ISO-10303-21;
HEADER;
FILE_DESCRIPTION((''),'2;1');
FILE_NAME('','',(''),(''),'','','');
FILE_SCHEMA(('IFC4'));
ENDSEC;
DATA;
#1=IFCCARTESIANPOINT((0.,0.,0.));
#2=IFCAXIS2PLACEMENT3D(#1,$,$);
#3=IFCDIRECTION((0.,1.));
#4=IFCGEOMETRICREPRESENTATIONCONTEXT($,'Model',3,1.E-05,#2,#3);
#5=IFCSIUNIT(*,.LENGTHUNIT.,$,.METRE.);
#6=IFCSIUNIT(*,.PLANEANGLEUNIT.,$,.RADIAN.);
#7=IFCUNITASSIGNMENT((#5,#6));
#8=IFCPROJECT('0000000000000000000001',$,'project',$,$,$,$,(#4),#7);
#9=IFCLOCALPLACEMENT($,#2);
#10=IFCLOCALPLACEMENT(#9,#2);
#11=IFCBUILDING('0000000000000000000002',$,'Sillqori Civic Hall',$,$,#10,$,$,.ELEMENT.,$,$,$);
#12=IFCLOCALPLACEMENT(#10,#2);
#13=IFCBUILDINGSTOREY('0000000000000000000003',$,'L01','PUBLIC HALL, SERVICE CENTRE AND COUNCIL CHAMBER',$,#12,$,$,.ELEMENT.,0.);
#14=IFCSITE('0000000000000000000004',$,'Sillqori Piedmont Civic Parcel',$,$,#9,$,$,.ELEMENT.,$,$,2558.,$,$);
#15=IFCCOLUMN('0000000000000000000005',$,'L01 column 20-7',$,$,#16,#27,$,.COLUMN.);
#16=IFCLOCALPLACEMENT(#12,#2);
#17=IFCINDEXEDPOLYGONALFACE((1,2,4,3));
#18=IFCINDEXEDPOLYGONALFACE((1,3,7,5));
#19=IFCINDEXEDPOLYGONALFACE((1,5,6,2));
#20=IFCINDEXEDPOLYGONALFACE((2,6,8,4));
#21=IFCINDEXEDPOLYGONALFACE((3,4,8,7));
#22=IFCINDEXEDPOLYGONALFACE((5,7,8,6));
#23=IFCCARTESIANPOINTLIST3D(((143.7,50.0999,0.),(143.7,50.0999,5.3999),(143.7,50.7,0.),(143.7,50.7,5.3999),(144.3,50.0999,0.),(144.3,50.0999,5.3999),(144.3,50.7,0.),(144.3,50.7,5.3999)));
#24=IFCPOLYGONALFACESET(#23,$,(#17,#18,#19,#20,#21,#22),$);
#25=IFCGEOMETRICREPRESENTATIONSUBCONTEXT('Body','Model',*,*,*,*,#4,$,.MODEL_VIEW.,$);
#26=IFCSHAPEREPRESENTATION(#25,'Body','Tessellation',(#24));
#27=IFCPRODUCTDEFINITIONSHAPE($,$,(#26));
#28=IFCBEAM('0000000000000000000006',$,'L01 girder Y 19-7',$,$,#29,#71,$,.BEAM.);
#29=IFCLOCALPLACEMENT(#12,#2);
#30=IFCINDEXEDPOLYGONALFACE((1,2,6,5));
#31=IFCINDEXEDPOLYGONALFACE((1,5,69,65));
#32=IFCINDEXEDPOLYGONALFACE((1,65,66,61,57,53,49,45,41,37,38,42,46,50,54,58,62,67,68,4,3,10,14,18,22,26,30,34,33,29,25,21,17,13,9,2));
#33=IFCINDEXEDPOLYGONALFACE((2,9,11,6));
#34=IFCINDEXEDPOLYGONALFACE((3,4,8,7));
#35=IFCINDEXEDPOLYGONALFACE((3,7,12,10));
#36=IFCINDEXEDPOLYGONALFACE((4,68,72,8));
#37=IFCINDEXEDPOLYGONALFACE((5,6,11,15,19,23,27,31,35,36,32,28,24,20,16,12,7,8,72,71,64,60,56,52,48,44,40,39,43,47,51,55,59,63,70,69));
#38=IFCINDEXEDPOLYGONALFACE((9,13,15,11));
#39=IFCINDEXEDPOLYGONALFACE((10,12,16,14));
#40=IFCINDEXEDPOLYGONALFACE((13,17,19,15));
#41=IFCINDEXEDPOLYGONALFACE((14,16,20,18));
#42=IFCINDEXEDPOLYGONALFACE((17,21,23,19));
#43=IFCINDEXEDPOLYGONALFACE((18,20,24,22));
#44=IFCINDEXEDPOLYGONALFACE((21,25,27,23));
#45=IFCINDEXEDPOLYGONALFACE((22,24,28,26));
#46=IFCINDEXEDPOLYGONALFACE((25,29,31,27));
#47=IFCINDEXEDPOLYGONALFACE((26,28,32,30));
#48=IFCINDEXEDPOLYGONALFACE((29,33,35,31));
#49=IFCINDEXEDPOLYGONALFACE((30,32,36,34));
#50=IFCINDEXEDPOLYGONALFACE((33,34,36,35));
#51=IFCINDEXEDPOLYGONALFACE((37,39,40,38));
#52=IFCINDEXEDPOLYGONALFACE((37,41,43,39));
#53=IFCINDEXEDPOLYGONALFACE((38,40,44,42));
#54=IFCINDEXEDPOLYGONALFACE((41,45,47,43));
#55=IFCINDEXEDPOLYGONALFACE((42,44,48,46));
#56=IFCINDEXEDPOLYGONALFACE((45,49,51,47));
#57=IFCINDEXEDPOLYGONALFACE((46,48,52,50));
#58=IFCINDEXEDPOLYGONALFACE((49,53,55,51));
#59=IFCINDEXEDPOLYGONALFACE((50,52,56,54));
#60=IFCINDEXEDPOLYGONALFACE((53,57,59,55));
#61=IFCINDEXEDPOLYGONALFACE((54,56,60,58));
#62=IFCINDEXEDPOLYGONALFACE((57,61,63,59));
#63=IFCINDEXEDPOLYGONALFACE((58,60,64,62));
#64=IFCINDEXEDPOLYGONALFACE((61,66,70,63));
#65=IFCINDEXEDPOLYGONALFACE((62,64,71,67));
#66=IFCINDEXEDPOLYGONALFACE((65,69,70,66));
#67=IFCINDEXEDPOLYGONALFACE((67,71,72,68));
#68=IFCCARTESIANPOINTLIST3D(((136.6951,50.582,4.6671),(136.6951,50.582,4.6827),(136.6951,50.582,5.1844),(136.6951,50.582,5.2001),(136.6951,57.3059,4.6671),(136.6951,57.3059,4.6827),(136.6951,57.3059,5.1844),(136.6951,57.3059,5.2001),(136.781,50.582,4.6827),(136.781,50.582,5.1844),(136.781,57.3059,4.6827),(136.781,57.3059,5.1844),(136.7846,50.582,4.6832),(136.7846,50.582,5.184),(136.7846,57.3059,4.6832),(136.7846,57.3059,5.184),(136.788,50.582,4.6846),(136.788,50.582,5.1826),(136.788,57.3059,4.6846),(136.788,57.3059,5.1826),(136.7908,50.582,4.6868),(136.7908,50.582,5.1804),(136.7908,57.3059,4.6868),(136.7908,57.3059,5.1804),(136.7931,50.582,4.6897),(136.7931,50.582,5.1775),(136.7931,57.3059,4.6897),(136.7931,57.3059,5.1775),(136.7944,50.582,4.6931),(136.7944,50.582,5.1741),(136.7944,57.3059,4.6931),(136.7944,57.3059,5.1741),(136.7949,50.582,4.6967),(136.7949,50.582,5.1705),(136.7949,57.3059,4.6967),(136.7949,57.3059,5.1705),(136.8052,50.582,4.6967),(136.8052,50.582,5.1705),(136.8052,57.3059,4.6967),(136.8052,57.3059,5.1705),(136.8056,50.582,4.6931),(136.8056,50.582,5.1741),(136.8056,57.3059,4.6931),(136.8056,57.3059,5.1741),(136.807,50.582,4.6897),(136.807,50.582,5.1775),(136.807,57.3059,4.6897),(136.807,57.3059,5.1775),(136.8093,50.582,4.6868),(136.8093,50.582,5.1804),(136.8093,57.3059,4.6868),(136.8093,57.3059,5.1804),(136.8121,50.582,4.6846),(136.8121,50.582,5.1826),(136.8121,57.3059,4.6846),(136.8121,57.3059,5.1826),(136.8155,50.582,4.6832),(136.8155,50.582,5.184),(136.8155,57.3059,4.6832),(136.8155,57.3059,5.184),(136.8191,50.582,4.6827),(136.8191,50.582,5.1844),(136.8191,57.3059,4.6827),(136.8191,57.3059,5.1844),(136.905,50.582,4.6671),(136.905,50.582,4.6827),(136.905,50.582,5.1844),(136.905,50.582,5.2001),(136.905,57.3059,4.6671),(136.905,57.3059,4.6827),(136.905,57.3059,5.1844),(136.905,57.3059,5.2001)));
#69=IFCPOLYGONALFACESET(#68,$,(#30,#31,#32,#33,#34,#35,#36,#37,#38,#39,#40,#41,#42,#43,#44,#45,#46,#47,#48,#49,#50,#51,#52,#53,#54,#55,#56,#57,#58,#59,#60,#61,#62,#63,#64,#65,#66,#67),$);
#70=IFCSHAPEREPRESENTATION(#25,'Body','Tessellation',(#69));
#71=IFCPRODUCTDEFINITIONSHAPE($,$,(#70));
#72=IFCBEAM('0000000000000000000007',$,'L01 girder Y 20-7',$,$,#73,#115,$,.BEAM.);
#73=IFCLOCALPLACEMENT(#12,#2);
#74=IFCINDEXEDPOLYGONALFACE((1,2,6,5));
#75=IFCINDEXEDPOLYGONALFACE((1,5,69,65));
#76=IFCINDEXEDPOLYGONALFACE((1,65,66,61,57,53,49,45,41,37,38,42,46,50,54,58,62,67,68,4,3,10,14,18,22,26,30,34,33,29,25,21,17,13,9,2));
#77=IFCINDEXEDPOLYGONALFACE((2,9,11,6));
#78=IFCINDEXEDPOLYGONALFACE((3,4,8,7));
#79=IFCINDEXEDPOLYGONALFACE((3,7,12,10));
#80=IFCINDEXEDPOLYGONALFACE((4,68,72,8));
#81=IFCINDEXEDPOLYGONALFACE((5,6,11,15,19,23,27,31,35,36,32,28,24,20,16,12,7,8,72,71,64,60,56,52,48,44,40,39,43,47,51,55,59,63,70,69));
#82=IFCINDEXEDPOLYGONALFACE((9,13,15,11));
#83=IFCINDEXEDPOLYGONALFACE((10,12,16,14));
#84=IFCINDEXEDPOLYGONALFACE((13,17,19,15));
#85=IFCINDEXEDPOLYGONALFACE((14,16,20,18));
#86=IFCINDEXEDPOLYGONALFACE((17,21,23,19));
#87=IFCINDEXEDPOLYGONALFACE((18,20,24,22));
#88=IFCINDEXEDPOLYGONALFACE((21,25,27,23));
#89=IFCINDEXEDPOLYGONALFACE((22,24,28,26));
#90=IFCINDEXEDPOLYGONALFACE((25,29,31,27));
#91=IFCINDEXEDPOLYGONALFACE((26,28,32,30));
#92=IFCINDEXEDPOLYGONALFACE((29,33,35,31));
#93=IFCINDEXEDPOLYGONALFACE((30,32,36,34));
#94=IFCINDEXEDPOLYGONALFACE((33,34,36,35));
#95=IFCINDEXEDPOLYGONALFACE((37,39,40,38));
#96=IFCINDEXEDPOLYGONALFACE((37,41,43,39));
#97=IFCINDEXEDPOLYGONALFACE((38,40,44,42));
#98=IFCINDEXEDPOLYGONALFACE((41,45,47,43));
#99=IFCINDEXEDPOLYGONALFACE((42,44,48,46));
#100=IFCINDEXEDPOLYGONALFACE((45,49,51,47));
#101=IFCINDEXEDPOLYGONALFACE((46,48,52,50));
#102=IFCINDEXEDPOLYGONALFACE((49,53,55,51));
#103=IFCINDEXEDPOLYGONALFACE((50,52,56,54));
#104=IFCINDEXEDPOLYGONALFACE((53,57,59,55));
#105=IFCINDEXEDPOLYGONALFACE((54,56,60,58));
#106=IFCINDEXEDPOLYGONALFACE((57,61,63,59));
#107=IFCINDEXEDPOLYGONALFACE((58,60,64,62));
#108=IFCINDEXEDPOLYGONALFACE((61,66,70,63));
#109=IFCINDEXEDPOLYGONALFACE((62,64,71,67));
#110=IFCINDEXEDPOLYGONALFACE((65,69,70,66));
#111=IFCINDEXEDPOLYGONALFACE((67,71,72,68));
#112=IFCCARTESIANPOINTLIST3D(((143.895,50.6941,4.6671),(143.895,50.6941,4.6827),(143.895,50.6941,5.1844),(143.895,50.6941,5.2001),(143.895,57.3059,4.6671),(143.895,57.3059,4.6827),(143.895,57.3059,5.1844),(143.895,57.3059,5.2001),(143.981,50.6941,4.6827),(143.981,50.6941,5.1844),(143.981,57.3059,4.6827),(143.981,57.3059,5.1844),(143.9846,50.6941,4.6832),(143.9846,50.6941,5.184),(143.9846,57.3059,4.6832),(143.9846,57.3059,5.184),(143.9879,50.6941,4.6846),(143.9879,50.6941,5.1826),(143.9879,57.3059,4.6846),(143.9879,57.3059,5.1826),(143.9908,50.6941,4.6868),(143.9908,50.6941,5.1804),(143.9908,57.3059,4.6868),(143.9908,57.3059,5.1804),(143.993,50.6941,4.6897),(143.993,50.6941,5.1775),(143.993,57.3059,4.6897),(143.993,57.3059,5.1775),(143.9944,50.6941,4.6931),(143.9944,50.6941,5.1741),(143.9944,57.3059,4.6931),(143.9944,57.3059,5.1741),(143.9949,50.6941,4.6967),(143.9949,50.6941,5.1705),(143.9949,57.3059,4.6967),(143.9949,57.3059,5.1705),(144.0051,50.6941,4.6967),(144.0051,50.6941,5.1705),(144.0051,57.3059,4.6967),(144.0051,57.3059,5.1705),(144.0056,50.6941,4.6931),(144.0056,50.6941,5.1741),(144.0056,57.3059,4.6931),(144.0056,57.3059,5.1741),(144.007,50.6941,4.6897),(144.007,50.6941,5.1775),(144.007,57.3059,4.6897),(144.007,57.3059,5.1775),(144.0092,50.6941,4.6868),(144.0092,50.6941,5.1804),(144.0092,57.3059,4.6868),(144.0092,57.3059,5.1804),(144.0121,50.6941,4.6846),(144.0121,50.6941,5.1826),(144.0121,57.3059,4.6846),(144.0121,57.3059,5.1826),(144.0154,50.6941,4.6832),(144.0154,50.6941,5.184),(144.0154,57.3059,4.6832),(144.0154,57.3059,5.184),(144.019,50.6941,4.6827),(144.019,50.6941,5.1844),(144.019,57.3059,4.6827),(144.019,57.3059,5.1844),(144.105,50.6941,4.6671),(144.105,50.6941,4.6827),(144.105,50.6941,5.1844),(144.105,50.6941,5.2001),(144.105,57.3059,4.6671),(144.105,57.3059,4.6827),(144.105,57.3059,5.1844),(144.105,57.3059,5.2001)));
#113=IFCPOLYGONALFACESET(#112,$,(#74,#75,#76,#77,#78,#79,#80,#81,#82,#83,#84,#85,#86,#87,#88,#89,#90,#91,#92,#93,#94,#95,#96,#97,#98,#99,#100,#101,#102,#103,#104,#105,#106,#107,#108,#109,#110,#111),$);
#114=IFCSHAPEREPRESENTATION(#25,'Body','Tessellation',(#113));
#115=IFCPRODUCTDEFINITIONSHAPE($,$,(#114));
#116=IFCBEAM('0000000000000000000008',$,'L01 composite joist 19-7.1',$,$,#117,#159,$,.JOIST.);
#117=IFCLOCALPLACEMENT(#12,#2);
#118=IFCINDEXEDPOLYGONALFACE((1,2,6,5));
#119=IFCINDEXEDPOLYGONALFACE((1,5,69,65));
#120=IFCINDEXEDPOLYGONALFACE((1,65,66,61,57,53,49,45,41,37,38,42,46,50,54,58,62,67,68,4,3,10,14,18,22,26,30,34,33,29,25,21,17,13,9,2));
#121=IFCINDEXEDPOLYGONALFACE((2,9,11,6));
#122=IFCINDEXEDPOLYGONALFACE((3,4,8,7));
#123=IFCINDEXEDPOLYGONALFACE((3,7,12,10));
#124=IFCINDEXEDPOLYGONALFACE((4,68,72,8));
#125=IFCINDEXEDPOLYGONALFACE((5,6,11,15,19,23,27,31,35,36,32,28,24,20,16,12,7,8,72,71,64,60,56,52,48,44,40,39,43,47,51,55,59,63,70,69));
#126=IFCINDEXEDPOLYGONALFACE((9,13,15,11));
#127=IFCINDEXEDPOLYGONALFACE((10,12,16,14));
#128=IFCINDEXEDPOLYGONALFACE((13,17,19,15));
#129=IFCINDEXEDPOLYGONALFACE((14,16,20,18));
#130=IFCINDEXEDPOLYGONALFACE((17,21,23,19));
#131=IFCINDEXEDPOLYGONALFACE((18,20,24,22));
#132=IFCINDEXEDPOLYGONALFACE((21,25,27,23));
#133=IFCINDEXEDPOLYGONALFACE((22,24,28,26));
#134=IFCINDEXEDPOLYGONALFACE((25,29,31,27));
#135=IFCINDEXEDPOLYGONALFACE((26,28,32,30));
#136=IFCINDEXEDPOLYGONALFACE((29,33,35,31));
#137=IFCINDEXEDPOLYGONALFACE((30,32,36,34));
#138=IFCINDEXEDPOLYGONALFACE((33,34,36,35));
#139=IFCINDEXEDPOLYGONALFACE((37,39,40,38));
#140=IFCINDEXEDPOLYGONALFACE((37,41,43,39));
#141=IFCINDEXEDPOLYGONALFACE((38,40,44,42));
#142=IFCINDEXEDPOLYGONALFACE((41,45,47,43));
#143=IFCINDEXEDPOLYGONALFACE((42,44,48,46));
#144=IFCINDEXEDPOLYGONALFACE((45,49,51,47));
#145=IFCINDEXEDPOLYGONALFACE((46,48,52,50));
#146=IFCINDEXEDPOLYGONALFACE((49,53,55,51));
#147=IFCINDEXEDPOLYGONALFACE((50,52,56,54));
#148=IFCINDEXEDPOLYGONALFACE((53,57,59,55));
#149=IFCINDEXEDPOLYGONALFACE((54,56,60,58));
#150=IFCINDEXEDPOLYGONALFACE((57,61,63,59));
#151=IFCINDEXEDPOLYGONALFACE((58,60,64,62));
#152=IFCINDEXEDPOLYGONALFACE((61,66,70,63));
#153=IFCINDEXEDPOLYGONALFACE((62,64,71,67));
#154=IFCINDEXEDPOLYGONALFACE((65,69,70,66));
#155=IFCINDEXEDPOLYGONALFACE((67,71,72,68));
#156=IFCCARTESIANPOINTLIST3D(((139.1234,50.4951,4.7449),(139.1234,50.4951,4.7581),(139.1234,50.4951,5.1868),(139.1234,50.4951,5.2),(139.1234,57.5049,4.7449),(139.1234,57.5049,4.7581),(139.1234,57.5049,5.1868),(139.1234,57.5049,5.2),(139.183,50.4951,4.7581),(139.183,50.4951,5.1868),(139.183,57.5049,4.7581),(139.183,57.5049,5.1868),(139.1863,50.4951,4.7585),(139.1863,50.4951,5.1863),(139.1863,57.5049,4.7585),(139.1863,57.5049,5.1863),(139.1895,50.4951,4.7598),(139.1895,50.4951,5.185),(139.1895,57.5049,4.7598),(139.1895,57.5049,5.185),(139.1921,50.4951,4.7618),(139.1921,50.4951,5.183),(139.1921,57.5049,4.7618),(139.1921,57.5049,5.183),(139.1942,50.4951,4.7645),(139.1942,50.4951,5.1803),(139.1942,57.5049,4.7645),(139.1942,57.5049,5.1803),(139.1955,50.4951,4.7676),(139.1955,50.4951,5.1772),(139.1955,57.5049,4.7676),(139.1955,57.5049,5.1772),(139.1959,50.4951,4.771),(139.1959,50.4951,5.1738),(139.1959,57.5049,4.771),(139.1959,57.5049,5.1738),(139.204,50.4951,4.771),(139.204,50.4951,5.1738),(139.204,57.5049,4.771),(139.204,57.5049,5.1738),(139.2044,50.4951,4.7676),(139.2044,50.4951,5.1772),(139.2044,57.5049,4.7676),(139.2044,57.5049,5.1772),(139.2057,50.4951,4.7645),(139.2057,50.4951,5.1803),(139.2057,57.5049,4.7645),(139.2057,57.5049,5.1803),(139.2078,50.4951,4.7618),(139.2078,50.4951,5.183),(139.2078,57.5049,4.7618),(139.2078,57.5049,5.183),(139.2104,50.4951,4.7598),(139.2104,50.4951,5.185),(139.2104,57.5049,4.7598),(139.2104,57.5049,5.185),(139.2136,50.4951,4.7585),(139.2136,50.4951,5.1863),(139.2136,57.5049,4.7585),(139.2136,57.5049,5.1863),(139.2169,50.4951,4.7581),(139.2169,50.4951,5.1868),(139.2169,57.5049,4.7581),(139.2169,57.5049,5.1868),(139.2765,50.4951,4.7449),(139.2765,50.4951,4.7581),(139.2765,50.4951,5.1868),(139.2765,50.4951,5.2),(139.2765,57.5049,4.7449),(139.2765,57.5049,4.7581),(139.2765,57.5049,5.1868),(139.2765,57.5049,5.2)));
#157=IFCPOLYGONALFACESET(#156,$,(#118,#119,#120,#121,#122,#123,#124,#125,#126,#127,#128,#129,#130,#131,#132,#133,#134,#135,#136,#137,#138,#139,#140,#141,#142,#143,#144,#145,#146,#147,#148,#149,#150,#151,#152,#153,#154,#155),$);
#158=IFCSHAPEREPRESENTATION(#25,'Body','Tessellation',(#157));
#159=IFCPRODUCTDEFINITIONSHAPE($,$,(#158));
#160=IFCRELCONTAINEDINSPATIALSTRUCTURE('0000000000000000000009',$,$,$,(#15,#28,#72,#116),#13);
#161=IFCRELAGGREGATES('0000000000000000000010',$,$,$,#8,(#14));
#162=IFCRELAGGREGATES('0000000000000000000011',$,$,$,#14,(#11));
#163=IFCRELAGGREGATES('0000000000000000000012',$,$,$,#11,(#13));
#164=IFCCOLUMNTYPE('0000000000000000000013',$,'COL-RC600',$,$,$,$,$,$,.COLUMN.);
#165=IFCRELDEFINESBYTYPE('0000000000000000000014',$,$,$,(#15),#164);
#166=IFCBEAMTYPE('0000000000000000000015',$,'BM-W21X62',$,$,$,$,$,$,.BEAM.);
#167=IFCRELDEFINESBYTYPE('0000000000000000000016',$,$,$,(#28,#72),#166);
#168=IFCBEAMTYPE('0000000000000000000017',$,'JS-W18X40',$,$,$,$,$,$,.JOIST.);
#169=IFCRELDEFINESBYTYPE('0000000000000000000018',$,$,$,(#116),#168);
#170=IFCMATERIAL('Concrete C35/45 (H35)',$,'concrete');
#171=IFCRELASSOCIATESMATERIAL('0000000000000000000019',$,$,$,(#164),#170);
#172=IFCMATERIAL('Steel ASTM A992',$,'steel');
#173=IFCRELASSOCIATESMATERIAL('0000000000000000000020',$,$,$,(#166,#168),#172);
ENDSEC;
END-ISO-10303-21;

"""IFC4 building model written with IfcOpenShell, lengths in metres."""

from ifc_helpers import new_model, si_unit, direction, frame, origin, origin_2d, place, context, subcontext, project, spatial, rectangle, i_section, extrude, material, material_profile, profile_set, type_object, element, save


model = new_model("IFC4")

# Units and contexts
model_context = context("Model", 3, precision=1e-05, world=origin(), true_north=direction((0.0, 1.0)))
body_context = subcontext(model_context, "Body", "Model", "MODEL_VIEW")
ifc_project = project(units=[si_unit("LENGTHUNIT", "METRE"), si_unit("PLANEANGLEUNIT", "RADIAN")], contexts=[model_context])

# Site, building, storey
site_placement = place(None, origin())
site = spatial("IfcSite", under=ifc_project, at=site_placement, Name="Sillqori Piedmont Civic Parcel", CompositionType="ELEMENT", RefElevation=2558.0)
building_placement = place(site_placement, origin())
building = spatial("IfcBuilding", under=site, at=building_placement, Name="Sillqori Civic Hall", CompositionType="ELEMENT")
storey_placement = place(building_placement, origin())
storey = spatial("IfcBuildingStorey", under=building, at=storey_placement, Name="L01", Description="PUBLIC HALL, SERVICE CENTRE AND COUNCIL CHAMBER", CompositionType="ELEMENT", Elevation=0.0)

# Column
ifc_material_1 = material(Name="Concrete C35/45 (H35)", Category="concrete")
ifc_material_profile_1 = material_profile(ifc_material_1, rectangle(XDim=0.6001, YDim=0.6001, at=origin_2d()), Name="RC 600x600")
ifc_profile_set_1 = profile_set([ifc_material_profile_1], Name="Concrete C35/45 (H35)")
column_type = type_object("IfcColumnType", Name="COL-RC600", PredefinedType="COLUMN", material=ifc_profile_set_1)
column_placement = place(storey_placement, frame((144.0, 50.3999, 0.0), z_axis=(0.0, 0.0, 1.0), x_axis=(1.0, 0.0, 0.0)))
element("IfcColumn", 1, at=column_placement, inside=storey, type_object=column_type, Name="L01 column 20-7", PredefinedType="COLUMN", context=body_context, shape_type="SweptSolid", body=[
    extrude(rectangle(XDim=0.6001, YDim=0.6001, at=origin_2d()), origin(), (0.0, 0.0, 1.0), 5.3999),
])

# Beams
ifc_material_2 = material(Name="Steel ASTM A992", Category="steel")
ifc_material_profile_2 = material_profile(ifc_material_2, i_section(OverallWidth=0.21, OverallDepth=0.533, WebThickness=0.0103, FlangeThickness=0.0156, FilletRadius=0.0139, at=origin_2d()), Name="W21X62")
ifc_profile_set_2 = profile_set([ifc_material_profile_2], Name="Steel ASTM A992")
beam_type_1 = type_object("IfcBeamType", Name="BM-W21X62", PredefinedType="BEAM", material=ifc_profile_set_2)
beam_1_placement = place(storey_placement, frame((136.8, 50.582, 4.9336), z_axis=(0.0, 1.0, 0.0), x_axis=(-1.0, 0.0, 0.0)))
element("IfcBeam", 2, at=beam_1_placement, inside=storey, type_object=beam_type_1, Name="L01 girder Y 19-7", PredefinedType="BEAM", context=body_context, shape_type="SweptSolid", body=[
    extrude(i_section(OverallWidth=0.21, OverallDepth=0.533, WebThickness=0.0103, FlangeThickness=0.0156, FilletRadius=0.0139, at=origin_2d()), origin(), (0.0, 0.0, 1.0), 6.7239),
])
beam_2_placement = place(storey_placement, frame((144.0, 50.6941, 4.9336), z_axis=(0.0, 1.0, 0.0), x_axis=(-1.0, 0.0, 0.0)))
element("IfcBeam", 3, at=beam_2_placement, inside=storey, type_object=beam_type_1, Name="L01 girder Y 20-7", PredefinedType="BEAM", context=body_context, shape_type="SweptSolid", body=[
    extrude(i_section(OverallWidth=0.21, OverallDepth=0.533, WebThickness=0.0103, FlangeThickness=0.0156, FilletRadius=0.0139, at=origin_2d()), origin(), (0.0, 0.0, 1.0), 6.6118),
])

# Beam
ifc_material_profile_3 = material_profile(ifc_material_2, i_section(OverallWidth=0.1531, OverallDepth=0.4551, WebThickness=0.0081, FlangeThickness=0.0132, FilletRadius=0.0129, at=origin_2d()), Name="W18X40")
ifc_profile_set_3 = profile_set([ifc_material_profile_3], Name="Steel ASTM A992")
beam_type_2 = type_object("IfcBeamType", Name="JS-W18X40", PredefinedType="JOIST", material=ifc_profile_set_3)
for number, where, z_axis, x_axis, name in (
    (4, (139.2, 50.4951, 4.9724), (0.0, 1.0, 0.0), (-1.0, 0.0, 0.0), "L01 composite joist 19-7.1"),
):
    element("IfcBeam", number, at=place(storey_placement, frame(where, z_axis=z_axis, x_axis=x_axis)), inside=storey, type_object=beam_type_2, Name=name, PredefinedType="JOIST", context=body_context, shape_type="SweptSolid", body=[
        extrude(i_section(OverallWidth=0.1531, OverallDepth=0.4551, WebThickness=0.0081, FlangeThickness=0.0132, FilletRadius=0.0129, at=origin_2d()), origin(), (0.0, 0.0, 1.0), 7.0098),
    ])

save(model, "model.ifc")
